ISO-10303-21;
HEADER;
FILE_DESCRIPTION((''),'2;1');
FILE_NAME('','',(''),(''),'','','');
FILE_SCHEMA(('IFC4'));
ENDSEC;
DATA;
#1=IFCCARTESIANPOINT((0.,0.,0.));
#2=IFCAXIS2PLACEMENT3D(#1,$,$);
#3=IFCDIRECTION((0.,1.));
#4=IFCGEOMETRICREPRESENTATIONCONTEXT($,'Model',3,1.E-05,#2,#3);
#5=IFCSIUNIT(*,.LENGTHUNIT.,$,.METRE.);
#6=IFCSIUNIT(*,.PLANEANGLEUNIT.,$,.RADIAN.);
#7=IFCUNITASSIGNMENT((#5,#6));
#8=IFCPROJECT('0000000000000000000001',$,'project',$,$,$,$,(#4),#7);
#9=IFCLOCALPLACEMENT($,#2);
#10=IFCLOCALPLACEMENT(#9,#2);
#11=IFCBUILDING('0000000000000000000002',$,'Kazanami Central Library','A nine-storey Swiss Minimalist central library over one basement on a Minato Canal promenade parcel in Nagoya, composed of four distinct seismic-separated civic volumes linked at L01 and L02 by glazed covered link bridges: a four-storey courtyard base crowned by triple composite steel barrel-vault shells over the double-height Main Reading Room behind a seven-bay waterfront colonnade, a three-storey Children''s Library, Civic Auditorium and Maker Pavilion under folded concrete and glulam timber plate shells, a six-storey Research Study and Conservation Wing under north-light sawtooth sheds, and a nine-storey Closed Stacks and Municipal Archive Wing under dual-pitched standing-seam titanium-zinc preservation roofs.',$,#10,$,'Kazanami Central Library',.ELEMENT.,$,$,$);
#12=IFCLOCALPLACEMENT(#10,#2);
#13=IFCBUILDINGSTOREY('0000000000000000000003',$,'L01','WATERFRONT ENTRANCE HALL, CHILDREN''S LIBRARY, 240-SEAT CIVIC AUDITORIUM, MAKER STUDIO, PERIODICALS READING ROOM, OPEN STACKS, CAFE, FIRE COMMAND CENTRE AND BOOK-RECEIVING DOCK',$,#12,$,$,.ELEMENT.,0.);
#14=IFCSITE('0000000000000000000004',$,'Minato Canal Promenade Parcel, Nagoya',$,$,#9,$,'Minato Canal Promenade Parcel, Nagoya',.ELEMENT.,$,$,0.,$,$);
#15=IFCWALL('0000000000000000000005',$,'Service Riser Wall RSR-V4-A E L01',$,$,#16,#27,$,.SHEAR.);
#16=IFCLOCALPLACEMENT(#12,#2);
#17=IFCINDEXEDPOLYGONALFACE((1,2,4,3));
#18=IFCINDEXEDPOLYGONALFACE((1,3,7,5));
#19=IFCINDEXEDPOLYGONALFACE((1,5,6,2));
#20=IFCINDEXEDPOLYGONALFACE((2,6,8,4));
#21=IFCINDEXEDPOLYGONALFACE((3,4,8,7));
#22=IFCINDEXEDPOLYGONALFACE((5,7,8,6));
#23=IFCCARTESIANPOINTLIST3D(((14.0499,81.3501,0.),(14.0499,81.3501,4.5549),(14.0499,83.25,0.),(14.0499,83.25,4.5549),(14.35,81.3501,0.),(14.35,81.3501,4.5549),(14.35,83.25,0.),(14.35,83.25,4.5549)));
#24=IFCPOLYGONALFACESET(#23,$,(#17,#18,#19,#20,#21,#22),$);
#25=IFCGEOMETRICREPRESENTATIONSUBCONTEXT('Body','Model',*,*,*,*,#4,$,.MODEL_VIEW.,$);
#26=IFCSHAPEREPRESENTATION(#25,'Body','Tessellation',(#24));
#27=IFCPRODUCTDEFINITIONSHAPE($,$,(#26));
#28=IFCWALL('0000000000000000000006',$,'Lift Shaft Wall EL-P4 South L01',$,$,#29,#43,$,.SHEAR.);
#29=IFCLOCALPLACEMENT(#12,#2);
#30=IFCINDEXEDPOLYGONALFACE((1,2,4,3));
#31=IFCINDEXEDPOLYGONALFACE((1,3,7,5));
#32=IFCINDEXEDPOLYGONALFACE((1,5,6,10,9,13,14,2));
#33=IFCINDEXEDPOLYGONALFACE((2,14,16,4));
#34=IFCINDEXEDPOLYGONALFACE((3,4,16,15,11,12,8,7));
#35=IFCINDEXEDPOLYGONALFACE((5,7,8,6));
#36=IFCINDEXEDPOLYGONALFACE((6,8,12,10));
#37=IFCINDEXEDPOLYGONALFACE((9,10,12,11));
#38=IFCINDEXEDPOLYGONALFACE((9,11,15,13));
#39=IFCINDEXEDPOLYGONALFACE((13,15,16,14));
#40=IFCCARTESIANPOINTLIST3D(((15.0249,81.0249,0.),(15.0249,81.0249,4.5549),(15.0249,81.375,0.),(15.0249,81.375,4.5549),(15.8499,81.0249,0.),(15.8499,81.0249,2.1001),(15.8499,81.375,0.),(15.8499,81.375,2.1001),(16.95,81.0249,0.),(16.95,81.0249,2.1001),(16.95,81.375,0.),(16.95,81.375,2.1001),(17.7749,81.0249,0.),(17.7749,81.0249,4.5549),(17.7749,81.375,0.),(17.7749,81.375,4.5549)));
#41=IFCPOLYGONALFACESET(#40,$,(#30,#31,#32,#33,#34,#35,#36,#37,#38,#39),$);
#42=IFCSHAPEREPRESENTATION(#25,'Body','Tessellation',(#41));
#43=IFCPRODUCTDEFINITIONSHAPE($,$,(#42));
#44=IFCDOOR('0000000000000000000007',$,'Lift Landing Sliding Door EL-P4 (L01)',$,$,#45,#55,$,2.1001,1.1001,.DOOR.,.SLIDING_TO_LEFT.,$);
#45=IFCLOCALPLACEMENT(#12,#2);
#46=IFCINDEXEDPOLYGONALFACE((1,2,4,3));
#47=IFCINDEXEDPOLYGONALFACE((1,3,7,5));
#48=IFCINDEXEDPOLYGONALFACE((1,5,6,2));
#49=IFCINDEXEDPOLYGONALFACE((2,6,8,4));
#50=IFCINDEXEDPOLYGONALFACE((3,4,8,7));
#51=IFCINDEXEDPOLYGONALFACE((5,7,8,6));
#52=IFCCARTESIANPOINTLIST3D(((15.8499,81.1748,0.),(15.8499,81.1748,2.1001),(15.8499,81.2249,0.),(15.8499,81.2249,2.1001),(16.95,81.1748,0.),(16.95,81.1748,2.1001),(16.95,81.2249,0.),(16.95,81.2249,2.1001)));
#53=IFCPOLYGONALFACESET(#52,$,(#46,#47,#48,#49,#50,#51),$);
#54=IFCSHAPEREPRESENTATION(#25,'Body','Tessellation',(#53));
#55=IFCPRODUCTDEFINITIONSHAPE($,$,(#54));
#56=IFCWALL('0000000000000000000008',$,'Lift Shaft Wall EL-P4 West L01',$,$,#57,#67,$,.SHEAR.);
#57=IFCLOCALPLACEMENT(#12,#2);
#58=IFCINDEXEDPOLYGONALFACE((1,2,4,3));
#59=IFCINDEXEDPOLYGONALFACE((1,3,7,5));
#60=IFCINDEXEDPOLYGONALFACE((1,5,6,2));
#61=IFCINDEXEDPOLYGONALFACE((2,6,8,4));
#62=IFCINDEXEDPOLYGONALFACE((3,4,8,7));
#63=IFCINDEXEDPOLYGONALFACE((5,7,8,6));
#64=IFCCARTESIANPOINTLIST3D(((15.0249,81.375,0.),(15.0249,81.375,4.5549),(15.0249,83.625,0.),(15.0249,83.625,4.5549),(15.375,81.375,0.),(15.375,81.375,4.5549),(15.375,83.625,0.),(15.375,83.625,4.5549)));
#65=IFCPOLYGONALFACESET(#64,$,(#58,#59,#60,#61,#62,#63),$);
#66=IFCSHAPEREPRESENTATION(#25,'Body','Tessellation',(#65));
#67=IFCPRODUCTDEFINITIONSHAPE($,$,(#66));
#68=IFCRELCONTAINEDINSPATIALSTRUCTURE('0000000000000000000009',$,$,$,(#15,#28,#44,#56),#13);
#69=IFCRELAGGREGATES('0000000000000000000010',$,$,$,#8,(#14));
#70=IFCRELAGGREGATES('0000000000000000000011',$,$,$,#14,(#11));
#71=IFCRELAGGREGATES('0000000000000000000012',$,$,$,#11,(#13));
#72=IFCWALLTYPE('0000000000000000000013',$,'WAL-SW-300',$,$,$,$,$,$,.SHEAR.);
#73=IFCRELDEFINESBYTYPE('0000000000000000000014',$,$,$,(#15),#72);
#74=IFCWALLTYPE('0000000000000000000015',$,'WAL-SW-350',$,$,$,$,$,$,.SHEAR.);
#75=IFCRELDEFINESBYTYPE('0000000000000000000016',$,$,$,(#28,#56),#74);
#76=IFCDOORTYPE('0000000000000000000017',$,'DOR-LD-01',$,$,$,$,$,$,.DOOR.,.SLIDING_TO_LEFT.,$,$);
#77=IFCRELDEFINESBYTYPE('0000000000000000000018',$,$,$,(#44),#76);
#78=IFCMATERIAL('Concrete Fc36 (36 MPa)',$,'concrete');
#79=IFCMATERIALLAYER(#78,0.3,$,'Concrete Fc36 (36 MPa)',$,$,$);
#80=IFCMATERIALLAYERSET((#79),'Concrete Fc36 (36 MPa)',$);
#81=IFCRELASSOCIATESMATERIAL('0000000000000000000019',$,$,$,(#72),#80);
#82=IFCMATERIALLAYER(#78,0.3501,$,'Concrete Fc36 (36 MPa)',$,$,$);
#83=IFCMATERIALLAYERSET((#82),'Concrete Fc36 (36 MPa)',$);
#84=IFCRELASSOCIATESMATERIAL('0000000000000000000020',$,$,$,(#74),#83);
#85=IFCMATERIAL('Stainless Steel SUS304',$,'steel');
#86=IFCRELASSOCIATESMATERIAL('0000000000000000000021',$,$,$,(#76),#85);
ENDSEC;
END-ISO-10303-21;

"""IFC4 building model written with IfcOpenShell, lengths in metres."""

from ifc_helpers import new_model, si_unit, direction, frame, frame_2d, origin, place, context, subcontext, project, spatial, rectangle, extrude, material, layer, layer_set, type_object, element, fill, save


model = new_model("IFC4")

# Units and contexts
model_context = context("Model", 3, precision=1e-05, world=origin(), true_north=direction((0.0, 1.0)))
body_context = subcontext(model_context, "Body", "Model", "MODEL_VIEW")
ifc_project = project(units=[si_unit("LENGTHUNIT", "METRE"), si_unit("PLANEANGLEUNIT", "RADIAN")], contexts=[model_context])

# Site, building, storey
site_placement = place(None, origin())
site = spatial("IfcSite", under=ifc_project, at=site_placement, Name="Minato Canal Promenade Parcel, Nagoya", LongName="Minato Canal Promenade Parcel, Nagoya", CompositionType="ELEMENT", RefElevation=0.0)
building_placement = place(site_placement, origin())
building = spatial("IfcBuilding", under=site, at=building_placement, Name="Kazanami Central Library", Description="A nine-storey Swiss Minimalist central library over one basement on a Minato Canal promenade parcel in Nagoya, composed of four distinct seismic-separated civic volumes linked at L01 and L02 by glazed covered link bridges: a four-storey courtyard base crowned by triple composite steel barrel-vault shells over the double-height Main Reading Room behind a seven-bay waterfront colonnade, a three-storey Children's Library, Civic Auditorium and Maker Pavilion under folded concrete and glulam timber plate shells, a six-storey Research Study and Conservation Wing under north-light sawtooth sheds, and a nine-storey Closed Stacks and Municipal Archive Wing under dual-pitched standing-seam titanium-zinc preservation roofs.", LongName="Kazanami Central Library", CompositionType="ELEMENT")
storey_placement = place(building_placement, origin())
storey = spatial("IfcBuildingStorey", under=building, at=storey_placement, Name="L01", Description="WATERFRONT ENTRANCE HALL, CHILDREN'S LIBRARY, 240-SEAT CIVIC AUDITORIUM, MAKER STUDIO, PERIODICALS READING ROOM, OPEN STACKS, CAFE, FIRE COMMAND CENTRE AND BOOK-RECEIVING DOCK", CompositionType="ELEMENT", Elevation=0.0)

# Wall
ifc_material_1 = material(Name="Concrete Fc36 (36 MPa)", Category="concrete")
ifc_layer_1 = layer(ifc_material_1, 0.3, Name="Concrete Fc36 (36 MPa)")
ifc_layer_set_1 = layer_set([ifc_layer_1], Name="Concrete Fc36 (36 MPa)")
wall_type_1 = type_object("IfcWallType", Name="WAL-SW-300", PredefinedType="SHEAR", material=ifc_layer_set_1)
for number, where, z_axis, x_axis, name in (
    (1, (14.2, 81.3501, 0.0), (0.0, 0.0, 1.0), (0.0, 1.0, 0.0), "Service Riser Wall RSR-V4-A E L01"),
):
    element("IfcWall", number, at=place(storey_placement, frame(where, z_axis=z_axis, x_axis=x_axis)), inside=storey, type_object=wall_type_1, Name=name, PredefinedType="SHEAR", context=body_context, shape_type="SweptSolid", body=[
        extrude(rectangle(XDim=1.8999, YDim=0.3, at=frame_2d((0.95, 0.0))), origin(), (0.0, 0.0, 1.0), 4.5549),
    ])

# Wall, opening, door
ifc_layer_2 = layer(ifc_material_1, 0.3501, Name="Concrete Fc36 (36 MPa)")
ifc_layer_set_2 = layer_set([ifc_layer_2], Name="Concrete Fc36 (36 MPa)")
wall_type_2 = type_object("IfcWallType", Name="WAL-SW-350", PredefinedType="SHEAR", material=ifc_layer_set_2)
wall_1_placement = place(storey_placement, frame((15.0249, 81.2, 0.0), z_axis=(0.0, 0.0, 1.0), x_axis=(1.0, 0.0, 0.0)))
wall_1 = element("IfcWall", 2, at=wall_1_placement, inside=storey, type_object=wall_type_2, Name="Lift Shaft Wall EL-P4 South L01", PredefinedType="SHEAR", context=body_context, shape_type="SweptSolid", body=[
    extrude(rectangle(XDim=2.75, YDim=0.3501, at=frame_2d((1.375, 0.0))), origin(), (0.0, 0.0, 1.0), 4.5549),
])
opening_1_placement = place(wall_1_placement, frame((0.825, 0.0, 0.0)))
opening_1 = element("IfcOpeningElement", 3, at=opening_1_placement, cuts=wall_1, PredefinedType="OPENING", context=body_context, shape_type="SweptSolid", body=[
    extrude(rectangle(XDim=1.1001, YDim=2.1001, at=frame_2d((0.55, 1.05))), frame((0.0, 0.187, 0.0), z_axis=(0.0, -1.0, 0.0), x_axis=(1.0, 0.0, 0.0)), (0.0, 0.0, 1.0), 0.374),
])
ifc_material_2 = material(Name="Stainless Steel SUS304", Category="steel")
door_type_1 = type_object("IfcDoorType", Name="DOR-LD-01", OperationType="SLIDING_TO_LEFT", PredefinedType="DOOR", material=ifc_material_2)
door_1_placement = place(opening_1_placement, origin())
door_1 = element("IfcDoor", 4, at=door_1_placement, inside=storey, type_object=door_type_1, Name="Lift Landing Sliding Door EL-P4 (L01)", OperationType="SLIDING_TO_LEFT", OverallHeight=2.1001, OverallWidth=1.1001, PredefinedType="DOOR", context=body_context, shape_type="SweptSolid", body=[
    extrude(rectangle(XDim=1.1001, YDim=2.1001, at=frame_2d((0.55, 1.05))), frame((0.0, 0.0249, 0.0), z_axis=(0.0, -1.0, 0.0), x_axis=(1.0, 0.0, 0.0)), (0.0, 0.0, 1.0), 0.05),
])
fill(opening_1, door_1)

# Wall
wall_2_placement = place(storey_placement, frame((15.2, 81.375, 0.0), z_axis=(0.0, 0.0, 1.0), x_axis=(0.0, 1.0, 0.0)))
element("IfcWall", 5, at=wall_2_placement, inside=storey, type_object=wall_type_2, Name="Lift Shaft Wall EL-P4 West L01", PredefinedType="SHEAR", context=body_context, shape_type="SweptSolid", body=[
    extrude(rectangle(XDim=2.25, YDim=0.3501, at=frame_2d((1.125, 0.0))), origin(), (0.0, 0.0, 1.0), 4.5549),
])

save(model, "model.ifc")
